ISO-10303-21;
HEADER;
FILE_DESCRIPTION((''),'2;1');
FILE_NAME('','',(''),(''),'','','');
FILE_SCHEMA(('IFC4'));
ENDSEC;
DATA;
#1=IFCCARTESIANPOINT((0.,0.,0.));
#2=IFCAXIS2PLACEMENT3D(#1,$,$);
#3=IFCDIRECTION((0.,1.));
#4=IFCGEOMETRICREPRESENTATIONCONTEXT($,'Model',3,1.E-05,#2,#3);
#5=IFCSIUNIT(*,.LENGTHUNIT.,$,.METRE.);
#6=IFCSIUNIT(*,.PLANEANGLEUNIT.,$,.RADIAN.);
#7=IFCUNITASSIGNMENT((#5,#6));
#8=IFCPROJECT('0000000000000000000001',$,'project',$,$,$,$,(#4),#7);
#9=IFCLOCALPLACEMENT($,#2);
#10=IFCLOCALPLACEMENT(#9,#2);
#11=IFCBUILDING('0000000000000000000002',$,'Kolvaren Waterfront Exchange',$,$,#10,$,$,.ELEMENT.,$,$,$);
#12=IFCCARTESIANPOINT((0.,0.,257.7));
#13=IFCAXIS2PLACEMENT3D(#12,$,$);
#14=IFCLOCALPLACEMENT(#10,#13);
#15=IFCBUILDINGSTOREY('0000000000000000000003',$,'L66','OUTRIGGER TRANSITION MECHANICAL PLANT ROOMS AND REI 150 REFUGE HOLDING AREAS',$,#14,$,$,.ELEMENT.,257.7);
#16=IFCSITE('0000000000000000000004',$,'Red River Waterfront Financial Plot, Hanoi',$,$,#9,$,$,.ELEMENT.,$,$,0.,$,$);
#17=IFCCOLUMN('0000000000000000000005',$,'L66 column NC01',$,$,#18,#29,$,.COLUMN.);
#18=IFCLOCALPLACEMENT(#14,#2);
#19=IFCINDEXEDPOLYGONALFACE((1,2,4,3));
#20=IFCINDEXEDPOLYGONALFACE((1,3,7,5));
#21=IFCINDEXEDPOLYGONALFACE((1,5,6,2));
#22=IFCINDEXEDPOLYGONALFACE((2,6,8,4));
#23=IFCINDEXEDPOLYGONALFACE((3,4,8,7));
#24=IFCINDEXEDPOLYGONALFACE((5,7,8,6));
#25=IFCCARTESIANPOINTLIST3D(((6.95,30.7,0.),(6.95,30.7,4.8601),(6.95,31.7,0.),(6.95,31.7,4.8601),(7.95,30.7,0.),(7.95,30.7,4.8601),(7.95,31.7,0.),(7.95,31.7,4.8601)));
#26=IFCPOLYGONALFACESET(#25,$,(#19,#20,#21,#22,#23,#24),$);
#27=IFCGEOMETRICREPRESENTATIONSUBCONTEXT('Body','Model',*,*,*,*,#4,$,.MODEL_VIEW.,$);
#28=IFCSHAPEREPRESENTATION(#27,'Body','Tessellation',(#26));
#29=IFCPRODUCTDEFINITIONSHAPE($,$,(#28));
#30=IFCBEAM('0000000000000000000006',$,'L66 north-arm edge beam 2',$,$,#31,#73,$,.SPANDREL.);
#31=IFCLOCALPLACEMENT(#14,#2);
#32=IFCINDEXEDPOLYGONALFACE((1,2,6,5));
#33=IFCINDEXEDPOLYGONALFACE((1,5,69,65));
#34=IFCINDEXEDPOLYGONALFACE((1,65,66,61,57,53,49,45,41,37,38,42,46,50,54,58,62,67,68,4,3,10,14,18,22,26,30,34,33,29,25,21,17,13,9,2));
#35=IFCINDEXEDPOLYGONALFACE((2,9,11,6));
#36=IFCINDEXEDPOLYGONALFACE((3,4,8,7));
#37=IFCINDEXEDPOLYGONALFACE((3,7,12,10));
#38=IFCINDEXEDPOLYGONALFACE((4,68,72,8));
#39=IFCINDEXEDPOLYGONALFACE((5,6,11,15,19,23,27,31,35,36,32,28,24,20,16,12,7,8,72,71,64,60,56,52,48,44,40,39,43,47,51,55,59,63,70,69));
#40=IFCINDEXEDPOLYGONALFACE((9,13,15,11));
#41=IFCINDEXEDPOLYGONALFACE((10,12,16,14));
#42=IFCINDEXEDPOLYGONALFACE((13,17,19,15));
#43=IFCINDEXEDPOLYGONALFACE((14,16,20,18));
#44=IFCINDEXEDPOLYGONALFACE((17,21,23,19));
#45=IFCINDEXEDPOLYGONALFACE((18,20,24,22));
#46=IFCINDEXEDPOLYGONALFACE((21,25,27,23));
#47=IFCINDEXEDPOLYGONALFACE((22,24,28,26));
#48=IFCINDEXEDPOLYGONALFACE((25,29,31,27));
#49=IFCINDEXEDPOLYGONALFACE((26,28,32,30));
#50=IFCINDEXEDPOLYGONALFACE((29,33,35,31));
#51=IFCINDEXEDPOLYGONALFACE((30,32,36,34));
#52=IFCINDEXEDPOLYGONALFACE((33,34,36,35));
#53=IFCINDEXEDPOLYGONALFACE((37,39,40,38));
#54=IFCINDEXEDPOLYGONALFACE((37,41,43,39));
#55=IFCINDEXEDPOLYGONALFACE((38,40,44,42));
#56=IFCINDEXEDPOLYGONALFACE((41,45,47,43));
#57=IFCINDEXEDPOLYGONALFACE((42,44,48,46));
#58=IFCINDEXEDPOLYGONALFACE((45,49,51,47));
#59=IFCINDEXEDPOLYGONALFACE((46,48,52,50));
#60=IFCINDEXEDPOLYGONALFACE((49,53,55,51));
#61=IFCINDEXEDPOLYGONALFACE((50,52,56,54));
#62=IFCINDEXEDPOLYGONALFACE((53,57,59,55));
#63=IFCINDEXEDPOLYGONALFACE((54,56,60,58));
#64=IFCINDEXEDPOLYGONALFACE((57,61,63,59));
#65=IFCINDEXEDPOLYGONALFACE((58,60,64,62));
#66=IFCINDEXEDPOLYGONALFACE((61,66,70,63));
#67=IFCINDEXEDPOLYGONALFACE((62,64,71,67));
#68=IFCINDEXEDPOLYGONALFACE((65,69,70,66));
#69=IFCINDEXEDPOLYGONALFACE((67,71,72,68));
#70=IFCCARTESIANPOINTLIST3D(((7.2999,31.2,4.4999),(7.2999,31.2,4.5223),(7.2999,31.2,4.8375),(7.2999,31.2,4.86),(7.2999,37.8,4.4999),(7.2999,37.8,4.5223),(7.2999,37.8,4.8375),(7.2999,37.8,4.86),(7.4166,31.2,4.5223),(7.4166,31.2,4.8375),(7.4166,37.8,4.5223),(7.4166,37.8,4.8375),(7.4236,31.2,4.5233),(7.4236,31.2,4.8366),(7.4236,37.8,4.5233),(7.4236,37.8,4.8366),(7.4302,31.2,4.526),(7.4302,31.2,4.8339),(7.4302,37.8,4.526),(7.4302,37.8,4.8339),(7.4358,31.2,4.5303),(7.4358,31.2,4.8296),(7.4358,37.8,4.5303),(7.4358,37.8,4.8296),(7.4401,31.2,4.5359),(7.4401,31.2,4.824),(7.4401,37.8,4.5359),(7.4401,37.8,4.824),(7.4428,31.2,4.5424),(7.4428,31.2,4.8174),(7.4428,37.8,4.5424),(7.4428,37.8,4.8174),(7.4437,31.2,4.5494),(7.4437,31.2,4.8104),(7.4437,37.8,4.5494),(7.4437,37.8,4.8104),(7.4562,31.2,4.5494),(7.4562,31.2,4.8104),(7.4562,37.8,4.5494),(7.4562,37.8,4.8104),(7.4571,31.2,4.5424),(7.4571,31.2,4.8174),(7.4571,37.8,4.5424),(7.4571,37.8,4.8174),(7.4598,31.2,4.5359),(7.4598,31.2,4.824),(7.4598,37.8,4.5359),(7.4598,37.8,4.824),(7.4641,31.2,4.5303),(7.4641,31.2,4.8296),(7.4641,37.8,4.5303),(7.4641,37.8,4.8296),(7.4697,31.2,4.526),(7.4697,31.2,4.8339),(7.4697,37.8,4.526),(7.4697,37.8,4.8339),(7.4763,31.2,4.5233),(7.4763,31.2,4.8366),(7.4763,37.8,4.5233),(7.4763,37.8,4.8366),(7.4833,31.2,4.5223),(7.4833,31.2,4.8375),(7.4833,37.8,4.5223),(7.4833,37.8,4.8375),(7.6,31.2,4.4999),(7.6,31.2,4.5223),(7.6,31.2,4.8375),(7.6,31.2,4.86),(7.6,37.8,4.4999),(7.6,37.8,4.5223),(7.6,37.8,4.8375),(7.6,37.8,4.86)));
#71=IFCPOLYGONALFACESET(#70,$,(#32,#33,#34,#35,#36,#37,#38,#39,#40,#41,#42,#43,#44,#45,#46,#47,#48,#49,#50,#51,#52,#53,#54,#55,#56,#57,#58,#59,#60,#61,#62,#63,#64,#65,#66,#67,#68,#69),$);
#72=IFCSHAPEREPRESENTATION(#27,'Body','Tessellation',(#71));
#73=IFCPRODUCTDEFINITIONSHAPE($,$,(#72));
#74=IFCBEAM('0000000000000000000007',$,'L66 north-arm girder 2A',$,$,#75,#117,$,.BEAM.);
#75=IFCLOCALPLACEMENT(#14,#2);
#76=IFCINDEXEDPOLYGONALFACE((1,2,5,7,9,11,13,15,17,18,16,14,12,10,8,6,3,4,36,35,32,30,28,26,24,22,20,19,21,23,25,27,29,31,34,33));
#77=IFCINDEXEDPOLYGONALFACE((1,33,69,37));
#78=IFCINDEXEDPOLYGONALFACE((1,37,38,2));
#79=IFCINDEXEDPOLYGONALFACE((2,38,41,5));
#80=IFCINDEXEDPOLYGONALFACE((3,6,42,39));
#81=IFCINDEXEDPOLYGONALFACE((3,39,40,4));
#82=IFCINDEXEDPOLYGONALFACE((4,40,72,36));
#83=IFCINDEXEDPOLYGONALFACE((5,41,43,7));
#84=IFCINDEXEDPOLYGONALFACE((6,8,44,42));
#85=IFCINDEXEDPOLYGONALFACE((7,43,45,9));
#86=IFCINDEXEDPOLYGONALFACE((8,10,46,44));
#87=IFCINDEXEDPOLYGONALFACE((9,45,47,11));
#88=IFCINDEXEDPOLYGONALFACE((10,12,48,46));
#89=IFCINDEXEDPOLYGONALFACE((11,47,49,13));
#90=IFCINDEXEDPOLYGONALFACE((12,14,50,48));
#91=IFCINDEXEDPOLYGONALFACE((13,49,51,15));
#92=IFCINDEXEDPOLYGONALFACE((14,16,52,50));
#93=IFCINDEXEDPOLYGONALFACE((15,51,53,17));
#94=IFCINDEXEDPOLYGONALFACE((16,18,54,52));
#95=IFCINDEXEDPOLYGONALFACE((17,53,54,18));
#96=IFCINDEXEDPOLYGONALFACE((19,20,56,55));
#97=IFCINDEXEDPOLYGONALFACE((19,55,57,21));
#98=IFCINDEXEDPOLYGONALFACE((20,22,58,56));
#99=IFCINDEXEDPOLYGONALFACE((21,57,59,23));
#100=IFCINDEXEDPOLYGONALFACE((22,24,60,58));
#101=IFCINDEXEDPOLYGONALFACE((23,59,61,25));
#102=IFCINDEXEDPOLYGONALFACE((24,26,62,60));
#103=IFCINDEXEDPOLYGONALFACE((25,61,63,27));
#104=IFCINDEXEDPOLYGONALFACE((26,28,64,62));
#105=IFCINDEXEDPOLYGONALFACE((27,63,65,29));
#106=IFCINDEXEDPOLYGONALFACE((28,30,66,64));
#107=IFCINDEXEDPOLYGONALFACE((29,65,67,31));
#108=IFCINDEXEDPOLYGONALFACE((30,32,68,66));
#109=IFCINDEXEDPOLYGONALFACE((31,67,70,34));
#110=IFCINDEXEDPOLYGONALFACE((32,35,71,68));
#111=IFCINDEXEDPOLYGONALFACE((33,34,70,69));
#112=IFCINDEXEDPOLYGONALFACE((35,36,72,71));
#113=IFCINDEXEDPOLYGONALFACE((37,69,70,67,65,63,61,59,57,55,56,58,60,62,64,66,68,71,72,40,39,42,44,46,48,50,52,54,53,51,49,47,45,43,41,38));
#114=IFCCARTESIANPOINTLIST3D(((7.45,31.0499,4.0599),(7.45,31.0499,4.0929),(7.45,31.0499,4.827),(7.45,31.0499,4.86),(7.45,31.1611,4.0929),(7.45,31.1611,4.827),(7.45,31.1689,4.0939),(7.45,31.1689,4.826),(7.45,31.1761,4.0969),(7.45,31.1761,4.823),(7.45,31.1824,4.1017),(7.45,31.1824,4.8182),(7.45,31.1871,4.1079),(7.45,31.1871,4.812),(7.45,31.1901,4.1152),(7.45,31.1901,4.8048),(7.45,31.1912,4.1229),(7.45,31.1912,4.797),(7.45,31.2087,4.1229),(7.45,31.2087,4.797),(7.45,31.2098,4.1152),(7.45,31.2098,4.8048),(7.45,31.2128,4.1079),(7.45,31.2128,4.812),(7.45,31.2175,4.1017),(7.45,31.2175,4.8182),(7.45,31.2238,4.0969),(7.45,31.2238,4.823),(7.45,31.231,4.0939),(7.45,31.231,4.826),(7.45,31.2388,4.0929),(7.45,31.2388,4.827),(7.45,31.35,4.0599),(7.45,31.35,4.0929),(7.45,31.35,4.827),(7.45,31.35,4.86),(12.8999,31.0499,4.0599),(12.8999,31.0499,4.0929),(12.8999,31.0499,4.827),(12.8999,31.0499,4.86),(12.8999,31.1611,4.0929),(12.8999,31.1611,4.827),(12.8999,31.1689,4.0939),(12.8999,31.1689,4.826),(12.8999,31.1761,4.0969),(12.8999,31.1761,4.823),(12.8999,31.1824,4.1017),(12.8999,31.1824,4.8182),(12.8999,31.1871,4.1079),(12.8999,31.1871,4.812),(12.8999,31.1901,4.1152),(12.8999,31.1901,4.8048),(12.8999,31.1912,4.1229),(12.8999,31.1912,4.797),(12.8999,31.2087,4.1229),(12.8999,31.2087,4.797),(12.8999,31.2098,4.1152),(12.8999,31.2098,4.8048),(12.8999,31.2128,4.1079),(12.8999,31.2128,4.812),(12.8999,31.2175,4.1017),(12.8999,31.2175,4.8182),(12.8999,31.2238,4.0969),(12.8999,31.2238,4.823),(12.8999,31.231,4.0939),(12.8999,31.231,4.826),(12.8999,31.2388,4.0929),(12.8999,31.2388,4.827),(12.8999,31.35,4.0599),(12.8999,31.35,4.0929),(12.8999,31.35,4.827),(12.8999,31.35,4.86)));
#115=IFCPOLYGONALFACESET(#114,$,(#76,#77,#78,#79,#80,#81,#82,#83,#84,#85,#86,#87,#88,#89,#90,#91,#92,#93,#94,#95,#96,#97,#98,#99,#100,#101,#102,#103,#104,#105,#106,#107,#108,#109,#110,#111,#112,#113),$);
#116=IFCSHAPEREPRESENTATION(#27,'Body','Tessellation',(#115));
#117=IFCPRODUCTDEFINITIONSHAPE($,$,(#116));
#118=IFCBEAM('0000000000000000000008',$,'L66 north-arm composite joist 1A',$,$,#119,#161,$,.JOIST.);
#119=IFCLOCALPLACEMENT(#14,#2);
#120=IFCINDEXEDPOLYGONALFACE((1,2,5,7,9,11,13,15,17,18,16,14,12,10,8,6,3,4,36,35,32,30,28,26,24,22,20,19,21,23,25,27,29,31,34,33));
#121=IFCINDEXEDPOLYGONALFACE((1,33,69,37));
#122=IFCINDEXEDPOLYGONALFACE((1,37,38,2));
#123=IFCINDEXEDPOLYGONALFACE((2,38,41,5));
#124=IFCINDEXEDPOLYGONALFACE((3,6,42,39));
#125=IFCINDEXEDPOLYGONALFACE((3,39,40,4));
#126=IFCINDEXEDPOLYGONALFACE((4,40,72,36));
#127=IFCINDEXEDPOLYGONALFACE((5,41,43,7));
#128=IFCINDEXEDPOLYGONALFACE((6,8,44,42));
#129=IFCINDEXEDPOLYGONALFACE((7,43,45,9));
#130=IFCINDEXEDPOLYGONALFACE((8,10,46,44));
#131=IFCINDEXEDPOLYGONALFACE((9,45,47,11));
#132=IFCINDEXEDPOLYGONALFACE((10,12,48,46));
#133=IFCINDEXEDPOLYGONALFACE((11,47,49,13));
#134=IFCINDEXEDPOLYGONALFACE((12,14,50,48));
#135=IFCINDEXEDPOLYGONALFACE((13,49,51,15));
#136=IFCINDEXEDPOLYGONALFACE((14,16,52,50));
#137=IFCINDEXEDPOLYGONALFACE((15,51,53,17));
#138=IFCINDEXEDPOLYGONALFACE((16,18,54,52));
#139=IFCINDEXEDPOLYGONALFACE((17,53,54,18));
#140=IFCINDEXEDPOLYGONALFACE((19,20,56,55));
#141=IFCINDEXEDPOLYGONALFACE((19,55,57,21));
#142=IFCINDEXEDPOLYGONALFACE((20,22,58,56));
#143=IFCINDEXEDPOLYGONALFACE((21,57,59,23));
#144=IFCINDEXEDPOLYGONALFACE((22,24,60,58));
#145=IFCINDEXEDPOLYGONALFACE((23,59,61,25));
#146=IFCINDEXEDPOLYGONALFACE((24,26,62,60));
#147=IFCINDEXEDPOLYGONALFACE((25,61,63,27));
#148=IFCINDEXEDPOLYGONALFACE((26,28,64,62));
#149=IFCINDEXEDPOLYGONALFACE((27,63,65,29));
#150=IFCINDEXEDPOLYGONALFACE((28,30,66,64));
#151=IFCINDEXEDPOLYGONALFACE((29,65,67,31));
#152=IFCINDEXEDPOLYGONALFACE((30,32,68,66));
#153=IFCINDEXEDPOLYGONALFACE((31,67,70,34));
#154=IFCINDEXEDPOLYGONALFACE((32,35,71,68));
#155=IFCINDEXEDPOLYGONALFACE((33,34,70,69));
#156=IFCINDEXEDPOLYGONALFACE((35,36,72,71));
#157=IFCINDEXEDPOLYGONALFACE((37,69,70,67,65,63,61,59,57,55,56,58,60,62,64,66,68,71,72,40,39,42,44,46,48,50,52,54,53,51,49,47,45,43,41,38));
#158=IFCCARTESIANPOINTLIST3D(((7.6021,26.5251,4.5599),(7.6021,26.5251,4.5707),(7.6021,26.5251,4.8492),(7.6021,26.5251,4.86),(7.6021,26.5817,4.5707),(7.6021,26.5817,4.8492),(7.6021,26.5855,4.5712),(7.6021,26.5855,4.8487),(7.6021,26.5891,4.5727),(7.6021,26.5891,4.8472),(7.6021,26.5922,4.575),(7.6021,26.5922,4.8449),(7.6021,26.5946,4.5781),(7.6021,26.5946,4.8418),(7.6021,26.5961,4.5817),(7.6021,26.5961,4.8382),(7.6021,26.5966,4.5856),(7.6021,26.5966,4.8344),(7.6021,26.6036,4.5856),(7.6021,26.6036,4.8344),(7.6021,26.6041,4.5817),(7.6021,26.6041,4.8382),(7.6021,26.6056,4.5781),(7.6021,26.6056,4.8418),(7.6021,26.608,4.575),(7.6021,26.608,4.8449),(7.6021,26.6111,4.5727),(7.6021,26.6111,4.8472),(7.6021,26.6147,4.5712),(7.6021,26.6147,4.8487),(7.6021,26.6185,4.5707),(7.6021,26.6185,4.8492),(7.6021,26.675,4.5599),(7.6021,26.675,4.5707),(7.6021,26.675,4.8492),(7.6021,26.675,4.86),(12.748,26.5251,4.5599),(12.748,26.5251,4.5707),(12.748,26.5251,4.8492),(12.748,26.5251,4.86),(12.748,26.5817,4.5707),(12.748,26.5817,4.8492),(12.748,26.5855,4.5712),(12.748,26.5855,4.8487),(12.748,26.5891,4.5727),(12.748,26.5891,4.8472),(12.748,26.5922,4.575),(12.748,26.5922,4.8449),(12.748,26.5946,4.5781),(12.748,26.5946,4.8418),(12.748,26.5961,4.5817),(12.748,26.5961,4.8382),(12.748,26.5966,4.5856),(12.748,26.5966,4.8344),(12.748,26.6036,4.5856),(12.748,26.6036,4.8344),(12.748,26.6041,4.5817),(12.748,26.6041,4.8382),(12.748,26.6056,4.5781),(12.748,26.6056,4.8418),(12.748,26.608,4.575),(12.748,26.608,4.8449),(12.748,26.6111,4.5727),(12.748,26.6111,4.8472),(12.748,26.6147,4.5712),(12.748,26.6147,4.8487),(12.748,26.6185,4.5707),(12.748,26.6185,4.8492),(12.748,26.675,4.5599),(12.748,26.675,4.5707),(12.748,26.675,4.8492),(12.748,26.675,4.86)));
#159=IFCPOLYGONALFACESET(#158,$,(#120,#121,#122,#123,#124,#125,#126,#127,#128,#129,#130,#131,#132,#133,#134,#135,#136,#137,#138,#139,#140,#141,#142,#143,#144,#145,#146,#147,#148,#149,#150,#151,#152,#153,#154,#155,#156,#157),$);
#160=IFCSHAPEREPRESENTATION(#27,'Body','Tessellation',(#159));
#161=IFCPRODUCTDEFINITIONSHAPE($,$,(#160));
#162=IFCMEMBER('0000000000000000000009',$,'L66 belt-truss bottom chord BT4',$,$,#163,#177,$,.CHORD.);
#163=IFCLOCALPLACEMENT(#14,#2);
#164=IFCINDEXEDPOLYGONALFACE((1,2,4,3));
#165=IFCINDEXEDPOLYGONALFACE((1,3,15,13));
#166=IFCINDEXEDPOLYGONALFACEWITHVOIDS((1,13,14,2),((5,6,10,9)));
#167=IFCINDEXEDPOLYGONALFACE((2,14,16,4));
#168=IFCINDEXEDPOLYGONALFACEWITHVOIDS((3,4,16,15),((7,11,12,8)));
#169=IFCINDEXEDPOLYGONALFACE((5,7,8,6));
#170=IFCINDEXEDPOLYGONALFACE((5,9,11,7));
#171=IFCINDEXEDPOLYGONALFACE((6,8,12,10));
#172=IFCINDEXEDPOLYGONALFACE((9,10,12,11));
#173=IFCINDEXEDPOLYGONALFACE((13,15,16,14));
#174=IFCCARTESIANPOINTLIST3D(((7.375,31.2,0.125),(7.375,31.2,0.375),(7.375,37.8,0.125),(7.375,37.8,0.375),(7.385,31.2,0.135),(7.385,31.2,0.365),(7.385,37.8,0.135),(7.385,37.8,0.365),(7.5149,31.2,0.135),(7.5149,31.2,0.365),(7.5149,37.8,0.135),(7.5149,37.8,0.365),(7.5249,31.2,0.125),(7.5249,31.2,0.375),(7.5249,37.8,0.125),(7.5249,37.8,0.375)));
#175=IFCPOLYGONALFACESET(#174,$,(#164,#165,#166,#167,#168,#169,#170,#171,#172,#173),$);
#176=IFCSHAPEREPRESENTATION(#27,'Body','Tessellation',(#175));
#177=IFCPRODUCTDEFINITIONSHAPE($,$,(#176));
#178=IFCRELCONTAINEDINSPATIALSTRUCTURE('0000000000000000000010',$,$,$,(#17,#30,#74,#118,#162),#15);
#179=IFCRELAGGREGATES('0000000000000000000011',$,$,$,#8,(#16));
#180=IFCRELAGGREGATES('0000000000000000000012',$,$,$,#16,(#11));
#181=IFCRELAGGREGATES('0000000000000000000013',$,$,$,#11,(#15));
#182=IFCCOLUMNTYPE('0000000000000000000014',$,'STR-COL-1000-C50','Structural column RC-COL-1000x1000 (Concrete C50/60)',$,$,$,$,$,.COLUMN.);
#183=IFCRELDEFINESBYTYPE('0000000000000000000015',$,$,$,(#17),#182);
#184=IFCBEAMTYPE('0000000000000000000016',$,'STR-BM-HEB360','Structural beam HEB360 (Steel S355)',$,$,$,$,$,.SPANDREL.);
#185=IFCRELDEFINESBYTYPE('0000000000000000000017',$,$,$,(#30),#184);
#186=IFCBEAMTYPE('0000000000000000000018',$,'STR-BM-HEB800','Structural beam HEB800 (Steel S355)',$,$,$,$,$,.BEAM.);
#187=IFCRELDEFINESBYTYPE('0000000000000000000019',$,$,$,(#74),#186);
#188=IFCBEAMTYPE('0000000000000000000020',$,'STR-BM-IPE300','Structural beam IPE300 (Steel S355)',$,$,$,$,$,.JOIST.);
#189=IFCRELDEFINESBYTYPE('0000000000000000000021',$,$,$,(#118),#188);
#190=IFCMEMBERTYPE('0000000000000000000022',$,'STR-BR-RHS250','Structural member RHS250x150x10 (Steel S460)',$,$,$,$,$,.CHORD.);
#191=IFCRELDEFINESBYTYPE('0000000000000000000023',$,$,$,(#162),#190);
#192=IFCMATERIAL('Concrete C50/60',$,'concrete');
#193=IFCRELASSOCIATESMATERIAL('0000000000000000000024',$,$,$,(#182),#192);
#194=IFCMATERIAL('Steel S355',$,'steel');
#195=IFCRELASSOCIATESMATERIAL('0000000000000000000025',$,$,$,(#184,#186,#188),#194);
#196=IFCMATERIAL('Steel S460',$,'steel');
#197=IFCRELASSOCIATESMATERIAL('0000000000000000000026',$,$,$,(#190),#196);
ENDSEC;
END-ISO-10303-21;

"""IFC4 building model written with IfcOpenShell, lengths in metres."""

from ifc_helpers import new_model, si_unit, direction, frame, origin, origin_2d, place, context, subcontext, project, spatial, rectangle, hollow_rectangle, i_section, extrude, material, material_profile, profile_set, type_object, element, save


model = new_model("IFC4")

# Units and contexts
model_context = context("Model", 3, precision=1e-05, world=origin(), true_north=direction((0.0, 1.0)))
body_context = subcontext(model_context, "Body", "Model", "MODEL_VIEW")
ifc_project = project(units=[si_unit("LENGTHUNIT", "METRE"), si_unit("PLANEANGLEUNIT", "RADIAN")], contexts=[model_context])

# Site, building, storey
site_placement = place(None, origin())
site = spatial("IfcSite", under=ifc_project, at=site_placement, Name="Red River Waterfront Financial Plot, Hanoi", CompositionType="ELEMENT", RefElevation=0.0)
building_placement = place(site_placement, origin())
building = spatial("IfcBuilding", under=site, at=building_placement, Name="Kolvaren Waterfront Exchange", CompositionType="ELEMENT")
storey_placement = place(building_placement, frame((0.0, 0.0, 257.7)))
storey = spatial("IfcBuildingStorey", under=building, at=storey_placement, Name="L66", Description="OUTRIGGER TRANSITION MECHANICAL PLANT ROOMS AND REI 150 REFUGE HOLDING AREAS", CompositionType="ELEMENT", Elevation=257.7)

# Column
ifc_material_1 = material(Name="Concrete C50/60", Category="concrete")
ifc_material_profile_1 = material_profile(ifc_material_1, rectangle(XDim=1.0, YDim=1.0, at=origin_2d()), Name="RC-COL-1000x1000")
ifc_profile_set_1 = profile_set([ifc_material_profile_1], Name="Concrete C50/60")
column_type = type_object("IfcColumnType", Name="STR-COL-1000-C50", Description="Structural column RC-COL-1000x1000 (Concrete C50/60)", PredefinedType="COLUMN", material=ifc_profile_set_1)
column_placement = place(storey_placement, frame((7.45, 31.2, 0.0), z_axis=(0.0, 0.0, 1.0), x_axis=(1.0, 0.0, 0.0)))
element("IfcColumn", 1, at=column_placement, inside=storey, type_object=column_type, Name="L66 column NC01", PredefinedType="COLUMN", context=body_context, shape_type="SweptSolid", body=[
    extrude(rectangle(XDim=1.0, YDim=1.0, at=origin_2d()), origin(), (0.0, 0.0, 1.0), 4.8601),
])

# Beams
ifc_material_2 = material(Name="Steel S355", Category="steel")
ifc_material_profile_2 = material_profile(ifc_material_2, i_section(OverallWidth=0.3, OverallDepth=0.3601, WebThickness=0.0125, FlangeThickness=0.0225, FilletRadius=0.0271, at=origin_2d()), Name="HEB360")
ifc_profile_set_2 = profile_set([ifc_material_profile_2], Name="Steel S355")
beam_type_1 = type_object("IfcBeamType", Name="STR-BM-HEB360", Description="Structural beam HEB360 (Steel S355)", PredefinedType="SPANDREL", material=ifc_profile_set_2)
beam_1_placement = place(storey_placement, frame((7.45, 31.2, 4.6799), z_axis=(0.0, 1.0, 0.0), x_axis=(-1.0, 0.0, 0.0)))
element("IfcBeam", 2, at=beam_1_placement, inside=storey, type_object=beam_type_1, Name="L66 north-arm edge beam 2", PredefinedType="SPANDREL", context=body_context, shape_type="SweptSolid", body=[
    extrude(i_section(OverallWidth=0.3, OverallDepth=0.3601, WebThickness=0.0125, FlangeThickness=0.0225, FilletRadius=0.0271, at=origin_2d()), origin(), (0.0, 0.0, 1.0), 6.6001),
])
ifc_material_profile_3 = material_profile(ifc_material_2, i_section(OverallWidth=0.3, OverallDepth=0.8, WebThickness=0.0176, FlangeThickness=0.033, FilletRadius=0.03, at=origin_2d()), Name="HEB800")
ifc_profile_set_3 = profile_set([ifc_material_profile_3], Name="Steel S355")
beam_type_2 = type_object("IfcBeamType", Name="STR-BM-HEB800", Description="Structural beam HEB800 (Steel S355)", PredefinedType="BEAM", material=ifc_profile_set_3)
beam_2_placement = place(storey_placement, frame((7.45, 31.2, 4.46), z_axis=(1.0, 0.0, 0.0), x_axis=(0.0, 1.0, 0.0)))
element("IfcBeam", 3, at=beam_2_placement, inside=storey, type_object=beam_type_2, Name="L66 north-arm girder 2A", PredefinedType="BEAM", context=body_context, shape_type="SweptSolid", body=[
    extrude(i_section(OverallWidth=0.3, OverallDepth=0.8, WebThickness=0.0176, FlangeThickness=0.033, FilletRadius=0.03, at=origin_2d()), origin(), (0.0, 0.0, 1.0), 5.45),
])
ifc_material_profile_4 = material_profile(ifc_material_2, i_section(OverallWidth=0.1499, OverallDepth=0.3, WebThickness=0.0071, FlangeThickness=0.0107, FilletRadius=0.0149, at=origin_2d()), Name="IPE300")
ifc_profile_set_4 = profile_set([ifc_material_profile_4], Name="Steel S355")
beam_type_3 = type_object("IfcBeamType", Name="STR-BM-IPE300", Description="Structural beam IPE300 (Steel S355)", PredefinedType="JOIST", material=ifc_profile_set_4)
beam_3_placement = place(storey_placement, frame((7.6021, 26.6001, 4.71), z_axis=(1.0, 0.0, 0.0), x_axis=(0.0, 1.0, 0.0)))
element("IfcBeam", 4, at=beam_3_placement, inside=storey, type_object=beam_type_3, Name="L66 north-arm composite joist 1A", PredefinedType="JOIST", context=body_context, shape_type="SweptSolid", body=[
    extrude(i_section(OverallWidth=0.1499, OverallDepth=0.3, WebThickness=0.0071, FlangeThickness=0.0107, FilletRadius=0.0149, at=origin_2d()), origin(), (0.0, 0.0, 1.0), 5.146),
])

# Member
ifc_material_3 = material(Name="Steel S460", Category="steel")
ifc_material_profile_5 = material_profile(ifc_material_3, hollow_rectangle(XDim=0.1499, YDim=0.25, WallThickness=0.01, at=origin_2d()), Name="RHS250x150x10")
ifc_profile_set_5 = profile_set([ifc_material_profile_5], Name="Steel S460")
member_type_1 = type_object("IfcMemberType", Name="STR-BR-RHS250", Description="Structural member RHS250x150x10 (Steel S460)", PredefinedType="CHORD", material=ifc_profile_set_5)
member_1_placement = place(storey_placement, frame((7.45, 31.2, 0.25), z_axis=(0.0, 1.0, 0.0), x_axis=(-1.0, 0.0, 0.0)))
element("IfcMember", 5, at=member_1_placement, inside=storey, type_object=member_type_1, Name="L66 belt-truss bottom chord BT4", PredefinedType="CHORD", context=body_context, shape_type="SweptSolid", body=[
    extrude(hollow_rectangle(XDim=0.1499, YDim=0.25, WallThickness=0.01, at=origin_2d()), origin(), (0.0, 0.0, 1.0), 6.6001),
])

save(model, "model.ifc")
